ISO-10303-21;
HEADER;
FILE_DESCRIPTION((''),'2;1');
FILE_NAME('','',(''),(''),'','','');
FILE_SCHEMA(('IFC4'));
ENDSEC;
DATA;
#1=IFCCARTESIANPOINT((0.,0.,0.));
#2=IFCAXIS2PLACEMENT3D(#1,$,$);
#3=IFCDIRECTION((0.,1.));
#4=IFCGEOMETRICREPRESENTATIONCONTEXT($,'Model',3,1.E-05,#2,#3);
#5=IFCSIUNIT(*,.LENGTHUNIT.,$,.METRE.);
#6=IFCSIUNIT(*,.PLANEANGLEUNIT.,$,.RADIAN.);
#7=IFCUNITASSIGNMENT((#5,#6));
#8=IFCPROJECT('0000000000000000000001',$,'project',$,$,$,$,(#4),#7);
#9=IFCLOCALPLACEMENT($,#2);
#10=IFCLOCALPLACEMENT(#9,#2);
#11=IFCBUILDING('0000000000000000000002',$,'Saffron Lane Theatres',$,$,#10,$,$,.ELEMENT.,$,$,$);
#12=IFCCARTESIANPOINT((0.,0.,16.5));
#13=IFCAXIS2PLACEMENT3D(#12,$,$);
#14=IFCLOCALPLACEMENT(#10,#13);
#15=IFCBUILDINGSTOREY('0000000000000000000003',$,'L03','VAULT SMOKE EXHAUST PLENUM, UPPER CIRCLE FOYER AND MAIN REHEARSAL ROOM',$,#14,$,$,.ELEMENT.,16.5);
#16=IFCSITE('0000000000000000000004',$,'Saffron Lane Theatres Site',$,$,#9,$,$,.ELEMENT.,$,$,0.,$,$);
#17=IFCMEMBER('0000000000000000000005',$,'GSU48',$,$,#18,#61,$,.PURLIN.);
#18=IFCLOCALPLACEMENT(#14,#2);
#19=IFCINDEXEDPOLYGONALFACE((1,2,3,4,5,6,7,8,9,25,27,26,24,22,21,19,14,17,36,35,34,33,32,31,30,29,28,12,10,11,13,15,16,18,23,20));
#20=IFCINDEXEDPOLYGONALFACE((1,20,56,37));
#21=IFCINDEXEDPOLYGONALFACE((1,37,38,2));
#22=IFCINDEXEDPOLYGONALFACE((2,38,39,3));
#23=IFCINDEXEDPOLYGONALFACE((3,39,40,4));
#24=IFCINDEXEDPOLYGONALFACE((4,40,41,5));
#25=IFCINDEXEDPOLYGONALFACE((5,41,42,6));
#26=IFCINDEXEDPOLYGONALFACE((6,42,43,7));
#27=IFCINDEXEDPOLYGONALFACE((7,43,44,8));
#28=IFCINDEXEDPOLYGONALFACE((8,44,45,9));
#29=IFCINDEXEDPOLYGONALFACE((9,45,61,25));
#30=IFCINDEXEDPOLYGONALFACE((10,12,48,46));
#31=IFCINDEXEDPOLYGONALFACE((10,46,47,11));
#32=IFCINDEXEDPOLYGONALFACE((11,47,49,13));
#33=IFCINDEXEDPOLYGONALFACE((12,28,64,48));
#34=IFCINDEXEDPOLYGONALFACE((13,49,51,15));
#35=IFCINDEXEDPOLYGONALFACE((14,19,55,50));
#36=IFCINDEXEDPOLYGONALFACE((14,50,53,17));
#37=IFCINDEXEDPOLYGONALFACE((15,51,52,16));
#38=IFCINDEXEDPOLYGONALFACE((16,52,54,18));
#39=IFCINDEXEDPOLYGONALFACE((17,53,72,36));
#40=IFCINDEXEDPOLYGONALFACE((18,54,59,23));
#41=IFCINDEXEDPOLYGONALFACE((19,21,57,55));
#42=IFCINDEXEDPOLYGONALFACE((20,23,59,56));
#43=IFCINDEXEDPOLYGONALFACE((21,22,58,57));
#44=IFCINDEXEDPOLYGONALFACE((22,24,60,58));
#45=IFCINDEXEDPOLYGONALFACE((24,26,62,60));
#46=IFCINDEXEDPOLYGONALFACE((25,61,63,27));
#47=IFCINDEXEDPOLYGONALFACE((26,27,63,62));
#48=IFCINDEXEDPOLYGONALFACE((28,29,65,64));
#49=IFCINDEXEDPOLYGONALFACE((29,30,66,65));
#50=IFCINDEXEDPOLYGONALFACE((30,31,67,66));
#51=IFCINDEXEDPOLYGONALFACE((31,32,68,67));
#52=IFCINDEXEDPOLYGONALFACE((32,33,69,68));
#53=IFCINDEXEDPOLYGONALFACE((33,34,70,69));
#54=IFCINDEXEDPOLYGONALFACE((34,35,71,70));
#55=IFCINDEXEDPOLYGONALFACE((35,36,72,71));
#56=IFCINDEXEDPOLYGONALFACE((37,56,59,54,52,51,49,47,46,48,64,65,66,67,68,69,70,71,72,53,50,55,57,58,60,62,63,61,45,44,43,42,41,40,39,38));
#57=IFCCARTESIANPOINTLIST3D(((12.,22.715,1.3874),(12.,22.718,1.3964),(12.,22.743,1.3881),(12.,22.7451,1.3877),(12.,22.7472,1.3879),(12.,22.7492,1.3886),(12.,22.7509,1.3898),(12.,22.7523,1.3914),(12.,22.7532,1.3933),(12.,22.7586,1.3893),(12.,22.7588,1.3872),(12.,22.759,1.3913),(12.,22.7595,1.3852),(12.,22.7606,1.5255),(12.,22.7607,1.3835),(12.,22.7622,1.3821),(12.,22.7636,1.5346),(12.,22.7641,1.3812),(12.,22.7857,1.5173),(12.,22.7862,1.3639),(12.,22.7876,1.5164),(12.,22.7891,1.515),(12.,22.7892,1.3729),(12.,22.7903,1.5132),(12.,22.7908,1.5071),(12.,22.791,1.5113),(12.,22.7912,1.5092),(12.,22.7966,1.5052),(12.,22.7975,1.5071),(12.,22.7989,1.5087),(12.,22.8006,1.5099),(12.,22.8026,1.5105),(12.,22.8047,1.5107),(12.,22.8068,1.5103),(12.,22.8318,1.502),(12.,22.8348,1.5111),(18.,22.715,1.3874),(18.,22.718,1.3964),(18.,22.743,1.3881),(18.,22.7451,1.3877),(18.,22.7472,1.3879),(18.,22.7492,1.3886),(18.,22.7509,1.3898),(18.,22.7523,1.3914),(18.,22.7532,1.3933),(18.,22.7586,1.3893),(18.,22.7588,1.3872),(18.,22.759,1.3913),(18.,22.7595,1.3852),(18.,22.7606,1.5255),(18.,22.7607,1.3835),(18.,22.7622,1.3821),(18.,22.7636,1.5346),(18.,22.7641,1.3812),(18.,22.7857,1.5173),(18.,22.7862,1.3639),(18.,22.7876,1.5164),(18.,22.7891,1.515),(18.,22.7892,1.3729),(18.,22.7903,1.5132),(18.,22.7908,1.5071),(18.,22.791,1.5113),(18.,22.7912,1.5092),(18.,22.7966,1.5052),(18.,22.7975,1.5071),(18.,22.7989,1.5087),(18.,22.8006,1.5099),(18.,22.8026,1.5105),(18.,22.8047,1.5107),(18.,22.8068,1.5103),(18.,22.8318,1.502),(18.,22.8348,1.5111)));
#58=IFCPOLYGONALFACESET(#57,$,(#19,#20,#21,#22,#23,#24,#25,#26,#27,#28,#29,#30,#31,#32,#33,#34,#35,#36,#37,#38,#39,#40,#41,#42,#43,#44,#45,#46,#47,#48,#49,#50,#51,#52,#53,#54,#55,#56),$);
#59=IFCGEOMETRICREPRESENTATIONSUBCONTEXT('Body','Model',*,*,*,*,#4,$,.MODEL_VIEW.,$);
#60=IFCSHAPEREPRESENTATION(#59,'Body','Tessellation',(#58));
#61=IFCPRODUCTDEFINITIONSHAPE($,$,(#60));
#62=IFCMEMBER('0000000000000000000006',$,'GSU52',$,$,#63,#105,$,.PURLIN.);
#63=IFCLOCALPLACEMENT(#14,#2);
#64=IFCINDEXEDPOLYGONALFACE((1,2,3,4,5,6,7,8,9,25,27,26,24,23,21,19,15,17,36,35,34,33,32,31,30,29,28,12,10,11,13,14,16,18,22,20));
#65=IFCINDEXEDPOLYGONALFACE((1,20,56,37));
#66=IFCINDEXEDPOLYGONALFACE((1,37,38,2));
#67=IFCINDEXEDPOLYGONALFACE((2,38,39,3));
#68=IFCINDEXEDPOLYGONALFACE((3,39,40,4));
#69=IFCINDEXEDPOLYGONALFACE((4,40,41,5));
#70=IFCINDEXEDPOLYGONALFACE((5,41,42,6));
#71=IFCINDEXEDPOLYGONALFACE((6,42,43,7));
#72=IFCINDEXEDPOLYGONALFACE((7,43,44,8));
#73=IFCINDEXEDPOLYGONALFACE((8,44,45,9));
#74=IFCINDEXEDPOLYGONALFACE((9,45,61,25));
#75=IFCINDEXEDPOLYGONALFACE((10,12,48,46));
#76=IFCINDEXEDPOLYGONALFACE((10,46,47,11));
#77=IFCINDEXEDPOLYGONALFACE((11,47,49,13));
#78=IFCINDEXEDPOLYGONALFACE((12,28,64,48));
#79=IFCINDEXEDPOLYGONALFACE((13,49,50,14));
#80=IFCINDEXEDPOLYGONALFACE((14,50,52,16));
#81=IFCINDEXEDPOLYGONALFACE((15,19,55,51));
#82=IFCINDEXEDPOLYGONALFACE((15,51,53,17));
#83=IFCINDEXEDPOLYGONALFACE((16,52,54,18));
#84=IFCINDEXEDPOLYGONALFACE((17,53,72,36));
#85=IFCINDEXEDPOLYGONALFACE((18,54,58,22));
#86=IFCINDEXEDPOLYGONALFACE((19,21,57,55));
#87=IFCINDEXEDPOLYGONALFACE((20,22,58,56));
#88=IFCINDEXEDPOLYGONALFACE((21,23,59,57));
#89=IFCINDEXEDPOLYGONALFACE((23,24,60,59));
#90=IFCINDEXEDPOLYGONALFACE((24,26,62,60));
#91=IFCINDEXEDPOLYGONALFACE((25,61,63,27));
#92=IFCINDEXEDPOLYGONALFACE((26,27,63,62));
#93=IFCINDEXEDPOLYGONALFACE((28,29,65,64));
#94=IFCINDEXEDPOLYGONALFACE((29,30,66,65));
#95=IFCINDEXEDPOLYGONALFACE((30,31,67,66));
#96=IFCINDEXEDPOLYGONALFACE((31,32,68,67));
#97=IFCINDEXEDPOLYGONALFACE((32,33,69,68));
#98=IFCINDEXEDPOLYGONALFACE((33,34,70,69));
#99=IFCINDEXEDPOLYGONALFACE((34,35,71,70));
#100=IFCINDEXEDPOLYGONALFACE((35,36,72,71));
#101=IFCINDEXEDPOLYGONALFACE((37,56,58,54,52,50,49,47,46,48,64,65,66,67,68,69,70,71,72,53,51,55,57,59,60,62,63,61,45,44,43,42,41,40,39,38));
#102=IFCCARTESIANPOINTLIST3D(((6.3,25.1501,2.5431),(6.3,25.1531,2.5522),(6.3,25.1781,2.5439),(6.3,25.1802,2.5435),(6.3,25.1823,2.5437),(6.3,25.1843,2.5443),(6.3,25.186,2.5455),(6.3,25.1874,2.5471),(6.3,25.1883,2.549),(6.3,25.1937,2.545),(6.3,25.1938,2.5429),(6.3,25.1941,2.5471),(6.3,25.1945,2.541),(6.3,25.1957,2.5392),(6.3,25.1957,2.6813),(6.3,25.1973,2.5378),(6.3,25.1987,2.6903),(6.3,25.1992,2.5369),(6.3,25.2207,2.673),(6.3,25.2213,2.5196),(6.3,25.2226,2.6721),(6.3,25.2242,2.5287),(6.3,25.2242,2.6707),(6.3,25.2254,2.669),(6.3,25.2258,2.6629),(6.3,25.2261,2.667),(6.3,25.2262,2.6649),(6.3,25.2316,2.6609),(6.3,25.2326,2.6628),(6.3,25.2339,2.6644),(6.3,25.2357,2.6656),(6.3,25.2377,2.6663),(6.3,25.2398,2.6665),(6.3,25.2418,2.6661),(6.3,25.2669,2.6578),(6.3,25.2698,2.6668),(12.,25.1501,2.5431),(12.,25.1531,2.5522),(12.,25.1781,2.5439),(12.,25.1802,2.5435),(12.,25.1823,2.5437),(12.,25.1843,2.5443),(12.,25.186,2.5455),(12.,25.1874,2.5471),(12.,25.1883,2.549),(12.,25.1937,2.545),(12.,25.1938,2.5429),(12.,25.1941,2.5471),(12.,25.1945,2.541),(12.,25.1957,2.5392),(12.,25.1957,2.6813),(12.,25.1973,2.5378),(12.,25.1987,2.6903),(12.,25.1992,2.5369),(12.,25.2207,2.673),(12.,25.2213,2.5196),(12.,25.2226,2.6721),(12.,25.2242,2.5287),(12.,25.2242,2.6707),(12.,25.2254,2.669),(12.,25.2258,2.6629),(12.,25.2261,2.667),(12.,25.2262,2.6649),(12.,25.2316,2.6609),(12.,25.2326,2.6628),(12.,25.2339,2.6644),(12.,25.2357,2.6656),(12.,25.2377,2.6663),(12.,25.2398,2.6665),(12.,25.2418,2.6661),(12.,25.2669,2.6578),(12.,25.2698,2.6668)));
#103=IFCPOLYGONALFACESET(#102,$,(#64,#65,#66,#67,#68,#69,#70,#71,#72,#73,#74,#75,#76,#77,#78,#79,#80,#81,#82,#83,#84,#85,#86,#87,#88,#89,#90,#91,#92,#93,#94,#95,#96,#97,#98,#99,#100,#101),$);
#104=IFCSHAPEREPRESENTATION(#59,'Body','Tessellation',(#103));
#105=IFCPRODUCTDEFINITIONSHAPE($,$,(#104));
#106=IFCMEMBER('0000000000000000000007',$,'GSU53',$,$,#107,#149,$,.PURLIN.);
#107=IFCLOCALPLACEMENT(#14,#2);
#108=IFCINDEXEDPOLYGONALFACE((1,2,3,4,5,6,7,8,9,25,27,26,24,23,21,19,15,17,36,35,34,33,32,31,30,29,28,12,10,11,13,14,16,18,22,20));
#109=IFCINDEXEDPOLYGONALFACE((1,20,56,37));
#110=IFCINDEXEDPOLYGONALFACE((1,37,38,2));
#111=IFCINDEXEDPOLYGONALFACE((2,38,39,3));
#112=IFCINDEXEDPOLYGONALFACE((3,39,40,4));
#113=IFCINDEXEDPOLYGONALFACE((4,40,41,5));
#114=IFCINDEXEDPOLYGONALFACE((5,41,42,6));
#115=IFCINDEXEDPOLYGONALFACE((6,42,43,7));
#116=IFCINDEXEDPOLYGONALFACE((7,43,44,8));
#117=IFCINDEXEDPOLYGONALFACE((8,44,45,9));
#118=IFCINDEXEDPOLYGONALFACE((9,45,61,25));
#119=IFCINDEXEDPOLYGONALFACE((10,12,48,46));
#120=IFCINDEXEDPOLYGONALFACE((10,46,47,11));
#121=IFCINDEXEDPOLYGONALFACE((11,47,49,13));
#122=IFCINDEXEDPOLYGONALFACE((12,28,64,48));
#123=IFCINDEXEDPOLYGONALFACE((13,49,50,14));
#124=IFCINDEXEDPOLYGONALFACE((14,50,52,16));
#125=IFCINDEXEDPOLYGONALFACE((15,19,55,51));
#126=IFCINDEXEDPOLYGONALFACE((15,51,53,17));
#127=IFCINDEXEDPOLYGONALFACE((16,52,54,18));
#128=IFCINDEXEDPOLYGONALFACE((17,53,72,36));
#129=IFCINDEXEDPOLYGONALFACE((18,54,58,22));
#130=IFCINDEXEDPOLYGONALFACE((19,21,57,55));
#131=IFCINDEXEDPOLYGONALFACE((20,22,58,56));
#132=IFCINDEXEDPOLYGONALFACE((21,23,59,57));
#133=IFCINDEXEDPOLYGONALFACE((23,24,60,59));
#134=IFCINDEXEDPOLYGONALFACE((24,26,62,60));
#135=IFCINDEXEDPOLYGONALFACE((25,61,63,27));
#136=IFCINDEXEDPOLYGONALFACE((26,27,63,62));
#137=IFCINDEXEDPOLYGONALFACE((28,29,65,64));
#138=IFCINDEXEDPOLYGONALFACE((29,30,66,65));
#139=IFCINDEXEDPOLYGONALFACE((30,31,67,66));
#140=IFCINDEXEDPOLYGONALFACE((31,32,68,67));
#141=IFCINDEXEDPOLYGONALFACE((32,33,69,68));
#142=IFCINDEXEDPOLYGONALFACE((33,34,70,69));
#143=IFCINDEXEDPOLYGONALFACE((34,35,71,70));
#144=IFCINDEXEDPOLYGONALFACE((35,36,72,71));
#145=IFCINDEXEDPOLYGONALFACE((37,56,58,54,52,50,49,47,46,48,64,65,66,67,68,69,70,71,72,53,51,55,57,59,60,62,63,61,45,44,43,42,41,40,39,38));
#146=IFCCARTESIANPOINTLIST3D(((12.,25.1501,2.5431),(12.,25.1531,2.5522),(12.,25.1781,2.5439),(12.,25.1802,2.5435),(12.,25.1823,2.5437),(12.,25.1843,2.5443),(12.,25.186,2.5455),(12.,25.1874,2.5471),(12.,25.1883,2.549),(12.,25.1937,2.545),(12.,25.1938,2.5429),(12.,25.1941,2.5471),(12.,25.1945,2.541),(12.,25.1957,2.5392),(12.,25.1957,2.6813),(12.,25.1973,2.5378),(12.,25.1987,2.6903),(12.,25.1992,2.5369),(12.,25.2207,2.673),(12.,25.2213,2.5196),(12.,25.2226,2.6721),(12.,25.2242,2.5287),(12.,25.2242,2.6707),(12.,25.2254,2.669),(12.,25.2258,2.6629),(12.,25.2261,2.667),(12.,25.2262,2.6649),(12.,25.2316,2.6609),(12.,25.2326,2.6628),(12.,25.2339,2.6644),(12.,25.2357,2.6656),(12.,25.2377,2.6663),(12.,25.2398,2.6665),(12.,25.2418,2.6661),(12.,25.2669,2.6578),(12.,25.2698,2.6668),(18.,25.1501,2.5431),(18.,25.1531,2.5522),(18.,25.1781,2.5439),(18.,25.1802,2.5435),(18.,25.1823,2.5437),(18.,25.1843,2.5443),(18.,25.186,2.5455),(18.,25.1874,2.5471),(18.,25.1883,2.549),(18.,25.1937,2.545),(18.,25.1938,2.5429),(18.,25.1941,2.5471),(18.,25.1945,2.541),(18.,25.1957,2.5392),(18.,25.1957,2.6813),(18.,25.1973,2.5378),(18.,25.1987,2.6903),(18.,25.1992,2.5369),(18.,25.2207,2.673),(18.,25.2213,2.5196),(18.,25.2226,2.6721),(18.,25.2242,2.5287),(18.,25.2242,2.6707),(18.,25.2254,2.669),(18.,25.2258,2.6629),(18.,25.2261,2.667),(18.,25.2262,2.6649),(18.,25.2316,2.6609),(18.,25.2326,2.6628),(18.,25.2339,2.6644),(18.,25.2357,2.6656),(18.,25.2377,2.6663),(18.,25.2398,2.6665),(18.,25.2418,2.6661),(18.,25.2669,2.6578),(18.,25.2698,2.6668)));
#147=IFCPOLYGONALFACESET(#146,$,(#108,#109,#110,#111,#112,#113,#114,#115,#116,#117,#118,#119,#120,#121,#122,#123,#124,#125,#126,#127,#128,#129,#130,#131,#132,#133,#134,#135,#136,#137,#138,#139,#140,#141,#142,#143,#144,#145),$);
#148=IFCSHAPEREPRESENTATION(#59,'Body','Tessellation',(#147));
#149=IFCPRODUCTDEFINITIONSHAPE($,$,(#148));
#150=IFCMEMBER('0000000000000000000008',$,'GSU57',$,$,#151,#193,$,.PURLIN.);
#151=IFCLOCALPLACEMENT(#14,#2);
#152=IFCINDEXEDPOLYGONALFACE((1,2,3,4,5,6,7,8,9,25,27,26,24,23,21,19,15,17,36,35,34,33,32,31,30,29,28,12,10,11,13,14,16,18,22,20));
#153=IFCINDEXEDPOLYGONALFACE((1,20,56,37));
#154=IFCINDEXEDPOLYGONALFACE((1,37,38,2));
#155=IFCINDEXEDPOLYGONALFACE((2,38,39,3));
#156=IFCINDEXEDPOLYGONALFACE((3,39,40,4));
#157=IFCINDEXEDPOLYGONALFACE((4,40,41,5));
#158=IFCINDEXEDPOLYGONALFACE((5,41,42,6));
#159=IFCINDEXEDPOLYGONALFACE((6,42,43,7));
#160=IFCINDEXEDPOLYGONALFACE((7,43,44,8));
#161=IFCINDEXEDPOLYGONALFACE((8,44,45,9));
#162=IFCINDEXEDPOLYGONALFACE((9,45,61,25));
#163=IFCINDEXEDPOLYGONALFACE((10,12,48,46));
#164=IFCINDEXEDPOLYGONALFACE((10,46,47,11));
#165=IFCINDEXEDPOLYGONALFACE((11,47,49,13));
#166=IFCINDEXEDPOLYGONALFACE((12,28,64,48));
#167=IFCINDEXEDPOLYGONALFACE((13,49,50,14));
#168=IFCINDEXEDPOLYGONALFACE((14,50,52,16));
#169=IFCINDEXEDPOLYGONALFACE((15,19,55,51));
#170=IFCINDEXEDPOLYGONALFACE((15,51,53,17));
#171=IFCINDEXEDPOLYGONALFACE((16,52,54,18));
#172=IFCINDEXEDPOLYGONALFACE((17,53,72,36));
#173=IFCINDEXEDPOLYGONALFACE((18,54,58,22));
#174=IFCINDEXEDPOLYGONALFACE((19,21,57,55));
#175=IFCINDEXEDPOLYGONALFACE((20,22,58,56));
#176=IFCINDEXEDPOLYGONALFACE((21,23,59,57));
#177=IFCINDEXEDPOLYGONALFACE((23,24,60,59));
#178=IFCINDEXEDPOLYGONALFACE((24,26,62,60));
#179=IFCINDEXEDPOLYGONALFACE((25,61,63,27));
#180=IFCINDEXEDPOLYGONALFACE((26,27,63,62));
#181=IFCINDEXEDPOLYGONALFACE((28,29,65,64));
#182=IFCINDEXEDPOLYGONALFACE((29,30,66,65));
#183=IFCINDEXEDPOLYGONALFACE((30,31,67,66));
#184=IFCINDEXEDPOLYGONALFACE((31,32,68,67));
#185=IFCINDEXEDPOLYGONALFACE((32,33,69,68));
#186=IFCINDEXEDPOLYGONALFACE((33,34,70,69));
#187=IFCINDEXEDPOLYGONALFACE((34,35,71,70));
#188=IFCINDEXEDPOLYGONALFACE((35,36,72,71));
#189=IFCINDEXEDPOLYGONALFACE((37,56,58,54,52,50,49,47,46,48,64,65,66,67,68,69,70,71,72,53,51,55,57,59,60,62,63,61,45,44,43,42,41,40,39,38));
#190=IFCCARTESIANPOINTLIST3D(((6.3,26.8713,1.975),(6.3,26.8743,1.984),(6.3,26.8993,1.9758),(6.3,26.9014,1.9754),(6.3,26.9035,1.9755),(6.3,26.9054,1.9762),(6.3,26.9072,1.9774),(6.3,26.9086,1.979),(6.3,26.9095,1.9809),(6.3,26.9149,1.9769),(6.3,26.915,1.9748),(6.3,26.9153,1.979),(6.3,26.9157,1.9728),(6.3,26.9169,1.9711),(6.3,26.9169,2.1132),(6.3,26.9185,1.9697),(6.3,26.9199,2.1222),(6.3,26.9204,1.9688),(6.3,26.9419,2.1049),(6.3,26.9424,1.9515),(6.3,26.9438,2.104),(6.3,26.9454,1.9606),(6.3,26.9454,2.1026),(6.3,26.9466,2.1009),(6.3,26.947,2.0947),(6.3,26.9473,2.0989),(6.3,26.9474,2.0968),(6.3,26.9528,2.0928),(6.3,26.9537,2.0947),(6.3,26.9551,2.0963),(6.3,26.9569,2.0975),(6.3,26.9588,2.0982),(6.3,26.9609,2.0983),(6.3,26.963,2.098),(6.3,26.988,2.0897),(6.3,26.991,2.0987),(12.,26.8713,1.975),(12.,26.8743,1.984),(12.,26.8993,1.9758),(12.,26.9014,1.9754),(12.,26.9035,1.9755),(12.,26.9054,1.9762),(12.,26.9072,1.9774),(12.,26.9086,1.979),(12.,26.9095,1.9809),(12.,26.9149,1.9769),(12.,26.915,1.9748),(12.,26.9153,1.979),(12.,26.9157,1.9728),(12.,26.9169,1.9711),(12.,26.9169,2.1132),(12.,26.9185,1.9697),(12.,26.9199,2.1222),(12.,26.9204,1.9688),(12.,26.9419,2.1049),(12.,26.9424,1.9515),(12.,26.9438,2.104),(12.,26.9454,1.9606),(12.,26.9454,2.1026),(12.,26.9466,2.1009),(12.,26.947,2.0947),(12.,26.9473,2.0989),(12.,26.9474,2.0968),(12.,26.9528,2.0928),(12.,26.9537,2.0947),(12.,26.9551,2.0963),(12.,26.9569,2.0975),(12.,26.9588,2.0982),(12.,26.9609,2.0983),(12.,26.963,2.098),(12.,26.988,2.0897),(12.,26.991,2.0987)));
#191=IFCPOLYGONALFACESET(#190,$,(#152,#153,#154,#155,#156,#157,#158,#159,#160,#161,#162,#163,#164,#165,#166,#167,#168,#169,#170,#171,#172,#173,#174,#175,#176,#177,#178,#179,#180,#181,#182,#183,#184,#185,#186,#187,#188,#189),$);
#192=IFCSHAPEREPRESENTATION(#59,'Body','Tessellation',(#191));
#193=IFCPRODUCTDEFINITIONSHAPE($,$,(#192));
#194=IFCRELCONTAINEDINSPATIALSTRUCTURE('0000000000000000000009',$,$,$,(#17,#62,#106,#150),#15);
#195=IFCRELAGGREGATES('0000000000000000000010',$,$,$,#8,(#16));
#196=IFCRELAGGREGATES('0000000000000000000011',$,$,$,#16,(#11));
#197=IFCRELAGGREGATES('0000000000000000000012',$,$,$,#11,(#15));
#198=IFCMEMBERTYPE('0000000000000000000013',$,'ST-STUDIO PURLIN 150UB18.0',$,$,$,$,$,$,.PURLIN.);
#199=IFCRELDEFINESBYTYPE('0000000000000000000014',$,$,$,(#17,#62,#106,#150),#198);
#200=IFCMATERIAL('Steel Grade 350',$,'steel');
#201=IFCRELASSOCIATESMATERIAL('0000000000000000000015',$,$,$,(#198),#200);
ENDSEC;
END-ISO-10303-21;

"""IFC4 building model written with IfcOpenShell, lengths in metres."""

from ifc_helpers import new_model, si_unit, direction, frame, origin, origin_2d, place, context, subcontext, project, spatial, i_section, extrude, material, material_profile, profile_set, type_object, element, save


model = new_model("IFC4")

# Units and contexts
model_context = context("Model", 3, precision=1e-05, world=origin(), true_north=direction((0.0, 1.0)))
body_context = subcontext(model_context, "Body", "Model", "MODEL_VIEW")
ifc_project = project(units=[si_unit("LENGTHUNIT", "METRE"), si_unit("PLANEANGLEUNIT", "RADIAN")], contexts=[model_context])

# Site, building, storey
site_placement = place(None, origin())
site = spatial("IfcSite", under=ifc_project, at=site_placement, Name="Saffron Lane Theatres Site", CompositionType="ELEMENT", RefElevation=0.0)
building_placement = place(site_placement, origin())
building = spatial("IfcBuilding", under=site, at=building_placement, Name="Saffron Lane Theatres", CompositionType="ELEMENT")
storey_placement = place(building_placement, frame((0.0, 0.0, 16.5)))
storey = spatial("IfcBuildingStorey", under=building, at=storey_placement, Name="L03", Description="VAULT SMOKE EXHAUST PLENUM, UPPER CIRCLE FOYER AND MAIN REHEARSAL ROOM", CompositionType="ELEMENT", Elevation=16.5)

# Members
ifc_material_1 = material(Name="Steel Grade 350", Category="steel")
ifc_material_profile_1 = material_profile(ifc_material_1, i_section(OverallWidth=0.075, OverallDepth=0.155, WebThickness=0.0061, FlangeThickness=0.0095, FilletRadius=0.0081, at=origin_2d()))
ifc_profile_set_1 = profile_set([ifc_material_profile_1], Name="Steel Grade 350")
member_type_1 = type_object("IfcMemberType", Name="ST-STUDIO PURLIN 150UB18.0", PredefinedType="PURLIN", material=ifc_profile_set_1)
member_1_placement = place(storey_placement, frame((12.0, 22.7749, 1.4492), z_axis=(1.0, 0.0, 0.0), x_axis=(0.0, 0.949629, -0.313377)))
element("IfcMember", 1, at=member_1_placement, inside=storey, type_object=member_type_1, Name="GSU48", PredefinedType="PURLIN", context=body_context, shape_type="SweptSolid", body=[
    extrude(i_section(OverallWidth=0.075, OverallDepth=0.155, WebThickness=0.0061, FlangeThickness=0.0095, FilletRadius=0.0081, at=origin_2d()), origin(), (0.0, 0.0, 1.0), 6.0),
])
member_2_placement = place(storey_placement, frame((6.3, 25.21, 2.605), z_axis=(1.0, 0.0, 0.0), x_axis=(0.0, 0.949629, -0.313377)))
element("IfcMember", 2, at=member_2_placement, inside=storey, type_object=member_type_1, Name="GSU52", PredefinedType="PURLIN", context=body_context, shape_type="SweptSolid", body=[
    extrude(i_section(OverallWidth=0.075, OverallDepth=0.155, WebThickness=0.0061, FlangeThickness=0.0095, FilletRadius=0.0081, at=origin_2d()), origin(), (0.0, 0.0, 1.0), 5.7),
])
member_3_placement = place(storey_placement, frame((12.0, 25.21, 2.605), z_axis=(1.0, 0.0, 0.0), x_axis=(0.0, 0.949629, -0.313377)))
element("IfcMember", 3, at=member_3_placement, inside=storey, type_object=member_type_1, Name="GSU53", PredefinedType="PURLIN", context=body_context, shape_type="SweptSolid", body=[
    extrude(i_section(OverallWidth=0.075, OverallDepth=0.155, WebThickness=0.0061, FlangeThickness=0.0095, FilletRadius=0.0081, at=origin_2d()), origin(), (0.0, 0.0, 1.0), 6.0),
])
member_4_placement = place(storey_placement, frame((6.3, 26.9312, 2.0369), z_axis=(1.0, 0.0, 0.0), x_axis=(0.0, 0.949629, -0.313377)))
element("IfcMember", 4, at=member_4_placement, inside=storey, type_object=member_type_1, Name="GSU57", PredefinedType="PURLIN", context=body_context, shape_type="SweptSolid", body=[
    extrude(i_section(OverallWidth=0.075, OverallDepth=0.155, WebThickness=0.0061, FlangeThickness=0.0095, FilletRadius=0.0081, at=origin_2d()), origin(), (0.0, 0.0, 1.0), 5.7),
])

save(model, "model.ifc")
